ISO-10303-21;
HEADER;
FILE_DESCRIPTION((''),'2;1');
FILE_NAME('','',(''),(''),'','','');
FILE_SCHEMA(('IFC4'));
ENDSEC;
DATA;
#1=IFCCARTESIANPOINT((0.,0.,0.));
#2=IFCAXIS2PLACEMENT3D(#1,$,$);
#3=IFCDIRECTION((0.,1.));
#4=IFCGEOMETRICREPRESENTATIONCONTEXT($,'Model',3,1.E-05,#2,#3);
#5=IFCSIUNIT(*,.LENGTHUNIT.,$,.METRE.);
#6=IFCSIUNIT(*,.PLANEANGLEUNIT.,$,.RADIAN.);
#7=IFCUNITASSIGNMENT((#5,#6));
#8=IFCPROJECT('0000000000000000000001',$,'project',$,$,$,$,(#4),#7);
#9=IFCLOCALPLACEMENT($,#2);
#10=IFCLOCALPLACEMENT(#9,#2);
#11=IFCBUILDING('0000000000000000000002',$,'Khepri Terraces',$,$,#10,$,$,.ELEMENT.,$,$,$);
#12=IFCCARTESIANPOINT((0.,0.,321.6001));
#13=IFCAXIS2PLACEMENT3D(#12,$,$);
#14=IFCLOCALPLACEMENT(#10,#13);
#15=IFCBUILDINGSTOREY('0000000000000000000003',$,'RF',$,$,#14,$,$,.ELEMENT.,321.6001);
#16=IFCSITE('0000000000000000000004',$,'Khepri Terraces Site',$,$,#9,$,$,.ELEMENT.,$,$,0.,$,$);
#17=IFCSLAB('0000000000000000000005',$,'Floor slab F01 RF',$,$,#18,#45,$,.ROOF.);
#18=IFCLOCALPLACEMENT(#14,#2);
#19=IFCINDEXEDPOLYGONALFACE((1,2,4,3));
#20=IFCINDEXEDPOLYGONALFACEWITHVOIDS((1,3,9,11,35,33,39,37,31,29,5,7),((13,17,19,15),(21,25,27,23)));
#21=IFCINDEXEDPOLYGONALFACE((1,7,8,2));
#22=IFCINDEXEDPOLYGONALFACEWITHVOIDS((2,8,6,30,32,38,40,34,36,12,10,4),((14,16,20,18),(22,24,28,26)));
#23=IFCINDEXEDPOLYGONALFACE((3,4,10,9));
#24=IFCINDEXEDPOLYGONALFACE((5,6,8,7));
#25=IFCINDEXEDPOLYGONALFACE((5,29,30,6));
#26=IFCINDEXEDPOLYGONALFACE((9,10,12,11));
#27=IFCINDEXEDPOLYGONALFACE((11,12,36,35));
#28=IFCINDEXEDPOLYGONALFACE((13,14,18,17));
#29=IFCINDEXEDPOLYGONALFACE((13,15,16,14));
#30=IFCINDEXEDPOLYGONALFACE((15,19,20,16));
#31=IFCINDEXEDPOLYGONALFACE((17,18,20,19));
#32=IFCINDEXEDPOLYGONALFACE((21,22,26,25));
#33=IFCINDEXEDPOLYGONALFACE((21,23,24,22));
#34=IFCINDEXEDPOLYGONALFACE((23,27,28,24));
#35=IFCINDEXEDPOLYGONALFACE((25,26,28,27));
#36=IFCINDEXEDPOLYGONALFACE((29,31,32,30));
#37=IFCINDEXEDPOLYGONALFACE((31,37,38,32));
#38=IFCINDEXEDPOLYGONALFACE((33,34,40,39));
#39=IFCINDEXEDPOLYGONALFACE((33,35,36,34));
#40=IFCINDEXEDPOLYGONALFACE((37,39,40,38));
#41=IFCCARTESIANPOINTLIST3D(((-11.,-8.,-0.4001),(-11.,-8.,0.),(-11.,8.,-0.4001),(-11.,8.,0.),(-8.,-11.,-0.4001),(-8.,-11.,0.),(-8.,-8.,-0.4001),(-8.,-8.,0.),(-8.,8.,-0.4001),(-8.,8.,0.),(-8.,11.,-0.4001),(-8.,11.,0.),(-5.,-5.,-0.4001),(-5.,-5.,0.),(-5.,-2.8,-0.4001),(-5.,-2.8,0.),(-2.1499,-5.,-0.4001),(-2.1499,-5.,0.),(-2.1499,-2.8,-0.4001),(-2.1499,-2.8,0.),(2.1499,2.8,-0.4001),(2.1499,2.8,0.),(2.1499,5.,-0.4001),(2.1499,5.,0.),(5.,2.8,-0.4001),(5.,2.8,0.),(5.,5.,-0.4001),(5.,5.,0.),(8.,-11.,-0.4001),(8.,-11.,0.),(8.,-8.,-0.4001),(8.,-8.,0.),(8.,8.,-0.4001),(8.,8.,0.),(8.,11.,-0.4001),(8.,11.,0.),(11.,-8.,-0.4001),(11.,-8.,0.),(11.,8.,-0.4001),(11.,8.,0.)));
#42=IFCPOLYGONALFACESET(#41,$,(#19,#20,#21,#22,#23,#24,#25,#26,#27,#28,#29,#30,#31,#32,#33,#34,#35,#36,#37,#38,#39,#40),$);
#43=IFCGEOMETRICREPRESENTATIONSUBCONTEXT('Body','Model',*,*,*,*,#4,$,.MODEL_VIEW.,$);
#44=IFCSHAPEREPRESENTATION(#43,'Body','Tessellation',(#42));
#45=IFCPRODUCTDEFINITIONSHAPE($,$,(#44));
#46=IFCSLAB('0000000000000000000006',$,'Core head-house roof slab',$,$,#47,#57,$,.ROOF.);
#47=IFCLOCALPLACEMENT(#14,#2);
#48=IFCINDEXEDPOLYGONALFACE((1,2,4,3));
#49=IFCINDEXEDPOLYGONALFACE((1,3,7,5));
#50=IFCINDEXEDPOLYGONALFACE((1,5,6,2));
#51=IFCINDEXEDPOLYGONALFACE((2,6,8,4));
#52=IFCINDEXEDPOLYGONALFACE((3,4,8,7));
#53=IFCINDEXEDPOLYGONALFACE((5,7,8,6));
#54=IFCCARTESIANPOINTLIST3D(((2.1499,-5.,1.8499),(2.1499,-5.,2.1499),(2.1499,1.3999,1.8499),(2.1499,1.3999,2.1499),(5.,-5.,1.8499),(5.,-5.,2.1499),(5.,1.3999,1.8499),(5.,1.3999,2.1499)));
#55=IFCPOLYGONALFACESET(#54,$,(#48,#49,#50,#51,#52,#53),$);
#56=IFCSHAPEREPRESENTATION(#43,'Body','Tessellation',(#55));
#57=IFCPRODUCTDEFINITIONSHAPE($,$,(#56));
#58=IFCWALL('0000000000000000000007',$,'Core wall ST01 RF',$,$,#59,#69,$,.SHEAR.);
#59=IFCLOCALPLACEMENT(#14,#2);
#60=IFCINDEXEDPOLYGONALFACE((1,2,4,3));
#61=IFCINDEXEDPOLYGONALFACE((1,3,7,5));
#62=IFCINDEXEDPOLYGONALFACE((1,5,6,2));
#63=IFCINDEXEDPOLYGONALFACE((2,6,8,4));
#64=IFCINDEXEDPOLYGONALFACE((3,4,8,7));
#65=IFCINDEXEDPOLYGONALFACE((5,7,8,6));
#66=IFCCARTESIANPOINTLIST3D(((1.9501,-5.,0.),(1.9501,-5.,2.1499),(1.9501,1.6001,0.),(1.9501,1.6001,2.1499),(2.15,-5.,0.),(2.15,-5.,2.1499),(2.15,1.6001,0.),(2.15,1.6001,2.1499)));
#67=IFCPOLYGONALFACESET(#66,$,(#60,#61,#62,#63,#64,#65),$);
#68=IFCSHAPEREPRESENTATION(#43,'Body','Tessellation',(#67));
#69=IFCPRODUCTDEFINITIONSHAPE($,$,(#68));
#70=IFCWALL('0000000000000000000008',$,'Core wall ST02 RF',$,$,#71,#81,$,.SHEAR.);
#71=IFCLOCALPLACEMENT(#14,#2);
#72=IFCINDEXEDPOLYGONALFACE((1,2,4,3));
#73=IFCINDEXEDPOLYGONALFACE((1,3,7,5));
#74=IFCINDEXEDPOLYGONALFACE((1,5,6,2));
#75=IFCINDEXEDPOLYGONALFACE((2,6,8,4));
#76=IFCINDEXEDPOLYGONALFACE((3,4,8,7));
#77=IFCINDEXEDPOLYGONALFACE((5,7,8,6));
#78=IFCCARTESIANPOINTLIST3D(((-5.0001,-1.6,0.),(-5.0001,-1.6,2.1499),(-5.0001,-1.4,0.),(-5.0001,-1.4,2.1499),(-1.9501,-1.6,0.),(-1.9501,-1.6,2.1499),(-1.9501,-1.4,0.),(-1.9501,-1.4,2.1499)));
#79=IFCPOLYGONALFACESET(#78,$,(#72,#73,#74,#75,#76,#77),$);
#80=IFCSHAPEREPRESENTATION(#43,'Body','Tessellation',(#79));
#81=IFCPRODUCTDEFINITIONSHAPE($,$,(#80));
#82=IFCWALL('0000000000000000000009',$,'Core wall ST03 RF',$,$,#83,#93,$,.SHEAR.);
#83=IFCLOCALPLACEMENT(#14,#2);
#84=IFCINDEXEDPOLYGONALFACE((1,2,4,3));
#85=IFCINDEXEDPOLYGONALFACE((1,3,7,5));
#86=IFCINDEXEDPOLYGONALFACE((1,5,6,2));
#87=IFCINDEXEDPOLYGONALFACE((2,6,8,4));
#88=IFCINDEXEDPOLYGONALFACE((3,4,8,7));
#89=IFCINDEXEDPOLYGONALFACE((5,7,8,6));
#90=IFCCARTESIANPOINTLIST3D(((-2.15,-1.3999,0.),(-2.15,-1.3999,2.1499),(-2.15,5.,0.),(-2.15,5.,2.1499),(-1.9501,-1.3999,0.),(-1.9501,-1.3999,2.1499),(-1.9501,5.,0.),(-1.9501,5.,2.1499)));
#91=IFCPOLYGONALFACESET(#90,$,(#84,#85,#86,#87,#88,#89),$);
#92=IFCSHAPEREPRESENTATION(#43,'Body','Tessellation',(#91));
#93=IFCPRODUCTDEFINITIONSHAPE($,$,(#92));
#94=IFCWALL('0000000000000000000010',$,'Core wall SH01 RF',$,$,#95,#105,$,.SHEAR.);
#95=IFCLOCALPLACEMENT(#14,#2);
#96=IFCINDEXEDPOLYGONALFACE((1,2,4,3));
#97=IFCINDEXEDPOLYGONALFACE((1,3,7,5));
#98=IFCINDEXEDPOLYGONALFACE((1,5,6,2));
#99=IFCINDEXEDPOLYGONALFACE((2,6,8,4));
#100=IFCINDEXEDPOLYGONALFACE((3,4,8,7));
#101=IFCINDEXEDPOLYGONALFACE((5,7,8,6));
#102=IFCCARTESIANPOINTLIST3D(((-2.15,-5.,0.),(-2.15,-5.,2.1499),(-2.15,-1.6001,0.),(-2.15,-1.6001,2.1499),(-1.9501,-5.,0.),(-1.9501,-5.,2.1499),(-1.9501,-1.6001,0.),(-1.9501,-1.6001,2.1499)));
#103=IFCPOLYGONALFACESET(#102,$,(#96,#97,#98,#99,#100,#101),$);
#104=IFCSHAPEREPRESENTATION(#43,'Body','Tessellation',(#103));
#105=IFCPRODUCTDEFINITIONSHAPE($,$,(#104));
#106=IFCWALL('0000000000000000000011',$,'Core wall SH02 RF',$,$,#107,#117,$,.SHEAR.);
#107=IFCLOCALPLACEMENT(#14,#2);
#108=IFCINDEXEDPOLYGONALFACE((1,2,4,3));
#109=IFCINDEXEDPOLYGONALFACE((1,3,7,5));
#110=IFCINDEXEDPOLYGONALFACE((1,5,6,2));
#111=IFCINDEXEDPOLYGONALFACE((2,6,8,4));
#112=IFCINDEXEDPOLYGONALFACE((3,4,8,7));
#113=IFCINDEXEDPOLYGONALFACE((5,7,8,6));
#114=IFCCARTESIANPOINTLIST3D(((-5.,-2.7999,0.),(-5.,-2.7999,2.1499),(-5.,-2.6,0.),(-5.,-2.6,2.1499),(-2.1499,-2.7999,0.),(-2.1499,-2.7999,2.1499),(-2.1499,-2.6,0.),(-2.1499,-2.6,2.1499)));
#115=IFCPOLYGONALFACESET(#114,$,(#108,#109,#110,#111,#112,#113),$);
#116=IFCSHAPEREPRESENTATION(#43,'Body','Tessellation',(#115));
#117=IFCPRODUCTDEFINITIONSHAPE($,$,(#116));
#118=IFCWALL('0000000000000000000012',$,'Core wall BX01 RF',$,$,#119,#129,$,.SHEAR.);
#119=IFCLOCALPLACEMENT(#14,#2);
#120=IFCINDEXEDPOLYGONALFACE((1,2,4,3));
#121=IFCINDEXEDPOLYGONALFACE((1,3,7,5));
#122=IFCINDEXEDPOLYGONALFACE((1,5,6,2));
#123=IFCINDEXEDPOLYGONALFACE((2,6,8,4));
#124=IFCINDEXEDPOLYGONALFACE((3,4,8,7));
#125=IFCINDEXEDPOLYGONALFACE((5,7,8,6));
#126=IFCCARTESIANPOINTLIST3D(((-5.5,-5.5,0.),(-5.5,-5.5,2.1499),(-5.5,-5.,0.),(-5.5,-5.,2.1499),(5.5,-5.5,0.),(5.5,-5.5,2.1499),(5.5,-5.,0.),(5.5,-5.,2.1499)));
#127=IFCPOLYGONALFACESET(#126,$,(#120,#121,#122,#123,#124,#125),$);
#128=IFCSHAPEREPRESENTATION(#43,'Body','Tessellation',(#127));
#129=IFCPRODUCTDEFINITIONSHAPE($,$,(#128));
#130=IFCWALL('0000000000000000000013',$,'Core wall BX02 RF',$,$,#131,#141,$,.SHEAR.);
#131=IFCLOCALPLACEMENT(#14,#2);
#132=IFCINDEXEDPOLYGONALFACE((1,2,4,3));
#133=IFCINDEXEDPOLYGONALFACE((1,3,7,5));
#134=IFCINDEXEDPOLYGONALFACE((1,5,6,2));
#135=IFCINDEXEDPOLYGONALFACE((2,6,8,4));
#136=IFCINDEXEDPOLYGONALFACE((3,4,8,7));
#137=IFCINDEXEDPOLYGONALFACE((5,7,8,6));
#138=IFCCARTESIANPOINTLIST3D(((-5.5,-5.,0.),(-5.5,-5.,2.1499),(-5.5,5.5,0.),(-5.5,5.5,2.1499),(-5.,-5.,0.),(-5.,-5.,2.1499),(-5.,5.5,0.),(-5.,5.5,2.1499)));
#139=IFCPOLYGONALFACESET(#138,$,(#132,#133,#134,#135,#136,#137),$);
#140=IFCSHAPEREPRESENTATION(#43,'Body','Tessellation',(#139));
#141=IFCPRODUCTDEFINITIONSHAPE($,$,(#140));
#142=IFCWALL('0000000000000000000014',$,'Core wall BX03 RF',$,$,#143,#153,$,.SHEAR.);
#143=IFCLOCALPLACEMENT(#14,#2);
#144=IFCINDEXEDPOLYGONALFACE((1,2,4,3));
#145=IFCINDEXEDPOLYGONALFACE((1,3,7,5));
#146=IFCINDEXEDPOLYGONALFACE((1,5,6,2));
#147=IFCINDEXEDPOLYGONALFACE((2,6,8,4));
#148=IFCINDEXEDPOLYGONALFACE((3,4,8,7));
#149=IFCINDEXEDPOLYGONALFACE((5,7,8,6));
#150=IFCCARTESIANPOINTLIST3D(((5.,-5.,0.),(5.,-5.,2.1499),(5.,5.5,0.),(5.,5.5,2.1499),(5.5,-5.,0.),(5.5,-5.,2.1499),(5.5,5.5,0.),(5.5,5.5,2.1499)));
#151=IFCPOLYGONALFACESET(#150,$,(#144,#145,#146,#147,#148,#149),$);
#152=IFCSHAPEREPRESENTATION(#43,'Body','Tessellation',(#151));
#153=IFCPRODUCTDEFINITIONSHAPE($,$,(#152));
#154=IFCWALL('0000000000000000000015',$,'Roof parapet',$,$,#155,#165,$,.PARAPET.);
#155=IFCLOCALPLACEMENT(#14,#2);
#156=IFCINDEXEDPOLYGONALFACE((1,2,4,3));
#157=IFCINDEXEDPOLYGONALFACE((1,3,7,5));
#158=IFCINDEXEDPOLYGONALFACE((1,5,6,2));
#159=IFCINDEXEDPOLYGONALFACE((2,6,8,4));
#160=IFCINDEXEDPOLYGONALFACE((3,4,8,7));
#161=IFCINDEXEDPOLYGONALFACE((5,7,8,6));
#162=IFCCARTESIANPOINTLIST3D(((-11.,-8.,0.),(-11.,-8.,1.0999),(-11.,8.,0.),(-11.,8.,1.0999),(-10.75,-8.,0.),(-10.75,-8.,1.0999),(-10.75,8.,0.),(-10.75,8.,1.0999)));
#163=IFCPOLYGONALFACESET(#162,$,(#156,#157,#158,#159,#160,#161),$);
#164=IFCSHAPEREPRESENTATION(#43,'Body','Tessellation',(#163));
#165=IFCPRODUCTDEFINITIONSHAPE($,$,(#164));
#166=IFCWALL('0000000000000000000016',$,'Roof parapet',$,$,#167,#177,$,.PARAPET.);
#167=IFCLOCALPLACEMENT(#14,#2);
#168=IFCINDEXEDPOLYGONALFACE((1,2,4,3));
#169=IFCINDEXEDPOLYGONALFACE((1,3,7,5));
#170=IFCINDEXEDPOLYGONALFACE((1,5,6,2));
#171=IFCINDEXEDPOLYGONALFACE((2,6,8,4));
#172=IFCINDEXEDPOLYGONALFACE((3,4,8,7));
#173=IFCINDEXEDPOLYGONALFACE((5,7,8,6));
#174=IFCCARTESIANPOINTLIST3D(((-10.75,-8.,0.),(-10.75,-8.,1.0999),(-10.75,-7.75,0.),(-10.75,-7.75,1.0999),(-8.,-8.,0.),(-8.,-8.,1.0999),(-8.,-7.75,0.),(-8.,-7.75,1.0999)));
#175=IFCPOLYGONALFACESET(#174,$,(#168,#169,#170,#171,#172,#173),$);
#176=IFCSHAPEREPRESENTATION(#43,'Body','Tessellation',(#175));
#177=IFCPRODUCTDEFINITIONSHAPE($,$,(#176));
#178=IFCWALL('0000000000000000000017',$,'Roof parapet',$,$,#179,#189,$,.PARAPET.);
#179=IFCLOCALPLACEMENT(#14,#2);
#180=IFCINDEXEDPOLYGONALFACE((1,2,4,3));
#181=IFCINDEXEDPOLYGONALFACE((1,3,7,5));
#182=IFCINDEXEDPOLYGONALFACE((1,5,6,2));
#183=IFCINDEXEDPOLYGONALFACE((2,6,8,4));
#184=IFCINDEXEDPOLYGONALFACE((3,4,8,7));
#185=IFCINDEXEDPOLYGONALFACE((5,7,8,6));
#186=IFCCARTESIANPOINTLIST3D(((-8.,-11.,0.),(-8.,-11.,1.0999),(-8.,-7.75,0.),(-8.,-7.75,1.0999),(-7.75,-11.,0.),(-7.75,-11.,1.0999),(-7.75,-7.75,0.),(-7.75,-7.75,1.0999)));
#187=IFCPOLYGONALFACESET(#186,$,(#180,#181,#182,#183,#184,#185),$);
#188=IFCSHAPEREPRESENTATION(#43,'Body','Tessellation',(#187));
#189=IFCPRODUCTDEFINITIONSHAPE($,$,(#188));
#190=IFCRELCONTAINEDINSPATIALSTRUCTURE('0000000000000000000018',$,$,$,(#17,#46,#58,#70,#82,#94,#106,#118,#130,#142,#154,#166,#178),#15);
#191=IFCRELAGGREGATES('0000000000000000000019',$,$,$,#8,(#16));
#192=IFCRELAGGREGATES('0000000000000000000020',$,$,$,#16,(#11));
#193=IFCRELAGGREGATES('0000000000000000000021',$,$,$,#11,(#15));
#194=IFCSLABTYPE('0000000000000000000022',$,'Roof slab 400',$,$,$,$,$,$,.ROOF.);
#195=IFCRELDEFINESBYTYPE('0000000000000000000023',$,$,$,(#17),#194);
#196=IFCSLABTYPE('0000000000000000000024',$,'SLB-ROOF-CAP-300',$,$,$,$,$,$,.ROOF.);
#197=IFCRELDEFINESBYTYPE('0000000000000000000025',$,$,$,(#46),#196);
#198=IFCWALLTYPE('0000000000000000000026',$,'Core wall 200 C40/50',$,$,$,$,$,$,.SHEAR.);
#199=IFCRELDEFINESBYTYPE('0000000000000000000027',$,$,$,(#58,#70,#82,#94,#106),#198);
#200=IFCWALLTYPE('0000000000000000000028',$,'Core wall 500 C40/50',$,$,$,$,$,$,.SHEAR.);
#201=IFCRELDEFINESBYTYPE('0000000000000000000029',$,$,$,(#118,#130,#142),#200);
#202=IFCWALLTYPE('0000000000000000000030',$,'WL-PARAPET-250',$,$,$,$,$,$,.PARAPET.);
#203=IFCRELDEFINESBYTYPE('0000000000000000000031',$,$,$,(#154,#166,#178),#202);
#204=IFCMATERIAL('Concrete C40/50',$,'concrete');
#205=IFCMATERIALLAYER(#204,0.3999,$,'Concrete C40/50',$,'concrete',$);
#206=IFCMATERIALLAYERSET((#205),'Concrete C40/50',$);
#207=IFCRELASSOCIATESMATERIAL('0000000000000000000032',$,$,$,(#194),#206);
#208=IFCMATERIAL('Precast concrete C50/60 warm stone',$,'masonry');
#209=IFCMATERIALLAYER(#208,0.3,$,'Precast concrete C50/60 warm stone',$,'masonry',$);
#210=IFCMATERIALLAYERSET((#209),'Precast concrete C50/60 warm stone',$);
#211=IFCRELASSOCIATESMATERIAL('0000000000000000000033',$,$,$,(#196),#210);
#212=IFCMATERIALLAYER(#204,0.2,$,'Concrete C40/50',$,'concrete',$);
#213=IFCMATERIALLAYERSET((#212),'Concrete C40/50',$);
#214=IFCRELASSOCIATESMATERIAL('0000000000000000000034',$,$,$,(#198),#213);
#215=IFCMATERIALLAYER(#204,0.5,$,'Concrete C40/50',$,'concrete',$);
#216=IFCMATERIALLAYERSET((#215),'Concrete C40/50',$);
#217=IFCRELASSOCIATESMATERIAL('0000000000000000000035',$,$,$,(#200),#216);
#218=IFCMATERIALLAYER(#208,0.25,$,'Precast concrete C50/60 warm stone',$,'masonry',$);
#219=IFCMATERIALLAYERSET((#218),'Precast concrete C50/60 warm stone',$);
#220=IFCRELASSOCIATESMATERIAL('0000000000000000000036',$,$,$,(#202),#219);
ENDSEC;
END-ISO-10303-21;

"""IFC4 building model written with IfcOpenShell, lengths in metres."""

from ifc_helpers import new_model, si_unit, direction, frame, frame_2d, origin, place, context, subcontext, project, spatial, polyline, rectangle, outline, extrude, material, layer, layer_set, type_object, element, save


model = new_model("IFC4")

# Units and contexts
model_context = context("Model", 3, precision=1e-05, world=origin(), true_north=direction((0.0, 1.0)))
body_context = subcontext(model_context, "Body", "Model", "MODEL_VIEW")
ifc_project = project(units=[si_unit("LENGTHUNIT", "METRE"), si_unit("PLANEANGLEUNIT", "RADIAN")], contexts=[model_context])

# Site, building, storey
site_placement = place(None, origin())
site = spatial("IfcSite", under=ifc_project, at=site_placement, Name="Khepri Terraces Site", CompositionType="ELEMENT", RefElevation=0.0)
building_placement = place(site_placement, origin())
building = spatial("IfcBuilding", under=site, at=building_placement, Name="Khepri Terraces", CompositionType="ELEMENT")
storey_placement = place(building_placement, frame((0.0, 0.0, 321.6001)))
storey = spatial("IfcBuildingStorey", under=building, at=storey_placement, Name="RF", CompositionType="ELEMENT", Elevation=321.6001)

# Slabs
ifc_material_1 = material(Name="Concrete C40/50", Category="concrete")
ifc_layer_1 = layer(ifc_material_1, 0.3999, Name="Concrete C40/50", Category="concrete")
ifc_layer_set_1 = layer_set([ifc_layer_1], Name="Concrete C40/50")
slab_type_1 = type_object("IfcSlabType", Name="Roof slab 400", PredefinedType="ROOF", material=ifc_layer_set_1)
slab_1_placement = place(storey_placement, frame((0.0, 0.0, -0.4001)))
element("IfcSlab", 1, at=slab_1_placement, inside=storey, type_object=slab_type_1, Name="Floor slab F01 RF", PredefinedType="ROOF", context=body_context, shape_type="SweptSolid", body=[
    extrude(outline(polyline([(8.0, -11.0), (-8.0, -11.0), (-8.0, -8.0), (-11.0, -8.0), (-11.0, 8.0), (-8.0, 8.0), (-8.0, 11.0), (8.0, 11.0), (8.0, 8.0), (11.0, 8.0), (11.0, -8.0), (8.0, -8.0), (8.0, -11.0)]), holes=[polyline([(2.1499, 5.0), (2.1499, 2.8), (5.0, 2.8), (5.0, 5.0), (2.1499, 5.0)]), polyline([(-2.1499, -2.8), (-5.0, -2.8), (-5.0, -5.0), (-2.1499, -5.0), (-2.1499, -2.8)])]), origin(), (0.0, 0.0, 1.0), 0.4001),
])
ifc_material_2 = material(Name="Precast concrete C50/60 warm stone", Category="masonry")
ifc_layer_2 = layer(ifc_material_2, 0.3, Name="Precast concrete C50/60 warm stone", Category="masonry")
ifc_layer_set_2 = layer_set([ifc_layer_2], Name="Precast concrete C50/60 warm stone")
slab_type_2 = type_object("IfcSlabType", Name="SLB-ROOF-CAP-300", PredefinedType="ROOF", material=ifc_layer_set_2)
slab_2_placement = place(storey_placement, frame((0.0, 0.0, 1.8499)))
element("IfcSlab", 2, at=slab_2_placement, inside=storey, type_object=slab_type_2, Name="Core head-house roof slab", PredefinedType="ROOF", context=body_context, shape_type="SweptSolid", body=[
    extrude(outline(polyline([(2.1499, -5.0), (5.0, -5.0), (5.0, 1.3999), (2.1499, 1.3999), (2.1499, -5.0)])), origin(), (0.0, 0.0, 1.0), 0.3),
])

# Walls
ifc_layer_3 = layer(ifc_material_1, 0.2, Name="Concrete C40/50", Category="concrete")
ifc_layer_set_3 = layer_set([ifc_layer_3], Name="Concrete C40/50")
wall_type_1 = type_object("IfcWallType", Name="Core wall 200 C40/50", PredefinedType="SHEAR", material=ifc_layer_set_3)
wall_1_placement = place(storey_placement, frame((2.05, -5.0, 0.0), z_axis=(0.0, 0.0, 1.0), x_axis=(0.0, 1.0, 0.0)))
element("IfcWall", 3, at=wall_1_placement, inside=storey, type_object=wall_type_1, Name="Core wall ST01 RF", PredefinedType="SHEAR", context=body_context, shape_type="SweptSolid", body=[
    extrude(rectangle(XDim=6.6001, YDim=0.2, at=frame_2d((3.3, 0.0))), origin(), (0.0, 0.0, 1.0), 2.1499),
])
wall_2_placement = place(storey_placement, frame((-5.0, -1.5, 0.0), z_axis=(0.0, 0.0, 1.0), x_axis=(1.0, 0.0, 0.0)))
element("IfcWall", 4, at=wall_2_placement, inside=storey, type_object=wall_type_1, Name="Core wall ST02 RF", PredefinedType="SHEAR", context=body_context, shape_type="SweptSolid", body=[
    extrude(rectangle(XDim=3.05, YDim=0.2, at=frame_2d((1.5249, 0.0))), origin(), (0.0, 0.0, 1.0), 2.1499),
])
wall_3_placement = place(storey_placement, frame((-2.05, -1.3999, 0.0), z_axis=(0.0, 0.0, 1.0), x_axis=(0.0, 1.0, 0.0)))
element("IfcWall", 5, at=wall_3_placement, inside=storey, type_object=wall_type_1, Name="Core wall ST03 RF", PredefinedType="SHEAR", context=body_context, shape_type="SweptSolid", body=[
    extrude(rectangle(XDim=6.3999, YDim=0.2, at=frame_2d((3.2, 0.0))), origin(), (0.0, 0.0, 1.0), 2.1499),
])
wall_4_placement = place(storey_placement, frame((-2.05, -5.0, 0.0), z_axis=(0.0, 0.0, 1.0), x_axis=(0.0, 1.0, 0.0)))
element("IfcWall", 6, at=wall_4_placement, inside=storey, type_object=wall_type_1, Name="Core wall SH01 RF", PredefinedType="SHEAR", context=body_context, shape_type="SweptSolid", body=[
    extrude(rectangle(XDim=3.3999, YDim=0.2, at=frame_2d((1.7, 0.0))), origin(), (0.0, 0.0, 1.0), 2.1499),
])
wall_5_placement = place(storey_placement, frame((-5.0, -2.7, 0.0), z_axis=(0.0, 0.0, 1.0), x_axis=(1.0, 0.0, 0.0)))
element("IfcWall", 7, at=wall_5_placement, inside=storey, type_object=wall_type_1, Name="Core wall SH02 RF", PredefinedType="SHEAR", context=body_context, shape_type="SweptSolid", body=[
    extrude(rectangle(XDim=2.8501, YDim=0.2, at=frame_2d((1.425, 0.0))), origin(), (0.0, 0.0, 1.0), 2.1499),
])
ifc_layer_4 = layer(ifc_material_1, 0.5, Name="Concrete C40/50", Category="concrete")
ifc_layer_set_4 = layer_set([ifc_layer_4], Name="Concrete C40/50")
wall_type_2 = type_object("IfcWallType", Name="Core wall 500 C40/50", PredefinedType="SHEAR", material=ifc_layer_set_4)
wall_6_placement = place(storey_placement, frame((-5.5, -5.25, 0.0), z_axis=(0.0, 0.0, 1.0), x_axis=(1.0, 0.0, 0.0)))
element("IfcWall", 8, at=wall_6_placement, inside=storey, type_object=wall_type_2, Name="Core wall BX01 RF", PredefinedType="SHEAR", context=body_context, shape_type="SweptSolid", body=[
    extrude(rectangle(XDim=11.0, YDim=0.5, at=frame_2d((5.5, 0.0))), origin(), (0.0, 0.0, 1.0), 2.1499),
])
for number, where, z_axis, x_axis, name in (
    (9, (-5.25, -5.0, 0.0), (0.0, 0.0, 1.0), (0.0, 1.0, 0.0), "Core wall BX02 RF"),
    (10, (5.25, -5.0, 0.0), (0.0, 0.0, 1.0), (0.0, 1.0, 0.0), "Core wall BX03 RF"),
):
    element("IfcWall", number, at=place(storey_placement, frame(where, z_axis=z_axis, x_axis=x_axis)), inside=storey, type_object=wall_type_2, Name=name, PredefinedType="SHEAR", context=body_context, shape_type="SweptSolid", body=[
        extrude(rectangle(XDim=10.5, YDim=0.5, at=frame_2d((5.25, 0.0))), origin(), (0.0, 0.0, 1.0), 2.1499),
    ])
ifc_layer_5 = layer(ifc_material_2, 0.25, Name="Precast concrete C50/60 warm stone", Category="masonry")
ifc_layer_set_5 = layer_set([ifc_layer_5], Name="Precast concrete C50/60 warm stone")
wall_type_3 = type_object("IfcWallType", Name="WL-PARAPET-250", PredefinedType="PARAPET", material=ifc_layer_set_5)
wall_7_placement = place(storey_placement, frame((-10.875, -8.0, 0.0), z_axis=(0.0, 0.0, 1.0), x_axis=(0.0, 1.0, 0.0)))
element("IfcWall", 11, at=wall_7_placement, inside=storey, type_object=wall_type_3, Name="Roof parapet", PredefinedType="PARAPET", context=body_context, shape_type="SweptSolid", body=[
    extrude(rectangle(XDim=16.0, YDim=0.25, at=frame_2d((8.0, 0.0))), origin(), (0.0, 0.0, 1.0), 1.0999),
])
wall_8_placement = place(storey_placement, frame((-10.75, -7.875, 0.0), z_axis=(0.0, 0.0, 1.0), x_axis=(1.0, 0.0, 0.0)))
element("IfcWall", 12, at=wall_8_placement, inside=storey, type_object=wall_type_3, Name="Roof parapet", PredefinedType="PARAPET", context=body_context, shape_type="SweptSolid", body=[
    extrude(rectangle(XDim=2.75, YDim=0.25, at=frame_2d((1.375, 0.0))), origin(), (0.0, 0.0, 1.0), 1.0999),
])
wall_9_placement = place(storey_placement, frame((-7.875, -11.0, 0.0), z_axis=(0.0, 0.0, 1.0), x_axis=(0.0, 1.0, 0.0)))
element("IfcWall", 13, at=wall_9_placement, inside=storey, type_object=wall_type_3, Name="Roof parapet", PredefinedType="PARAPET", context=body_context, shape_type="SweptSolid", body=[
    extrude(rectangle(XDim=3.25, YDim=0.25, at=frame_2d((1.625, 0.0))), origin(), (0.0, 0.0, 1.0), 1.0999),
])

save(model, "model.ifc")
